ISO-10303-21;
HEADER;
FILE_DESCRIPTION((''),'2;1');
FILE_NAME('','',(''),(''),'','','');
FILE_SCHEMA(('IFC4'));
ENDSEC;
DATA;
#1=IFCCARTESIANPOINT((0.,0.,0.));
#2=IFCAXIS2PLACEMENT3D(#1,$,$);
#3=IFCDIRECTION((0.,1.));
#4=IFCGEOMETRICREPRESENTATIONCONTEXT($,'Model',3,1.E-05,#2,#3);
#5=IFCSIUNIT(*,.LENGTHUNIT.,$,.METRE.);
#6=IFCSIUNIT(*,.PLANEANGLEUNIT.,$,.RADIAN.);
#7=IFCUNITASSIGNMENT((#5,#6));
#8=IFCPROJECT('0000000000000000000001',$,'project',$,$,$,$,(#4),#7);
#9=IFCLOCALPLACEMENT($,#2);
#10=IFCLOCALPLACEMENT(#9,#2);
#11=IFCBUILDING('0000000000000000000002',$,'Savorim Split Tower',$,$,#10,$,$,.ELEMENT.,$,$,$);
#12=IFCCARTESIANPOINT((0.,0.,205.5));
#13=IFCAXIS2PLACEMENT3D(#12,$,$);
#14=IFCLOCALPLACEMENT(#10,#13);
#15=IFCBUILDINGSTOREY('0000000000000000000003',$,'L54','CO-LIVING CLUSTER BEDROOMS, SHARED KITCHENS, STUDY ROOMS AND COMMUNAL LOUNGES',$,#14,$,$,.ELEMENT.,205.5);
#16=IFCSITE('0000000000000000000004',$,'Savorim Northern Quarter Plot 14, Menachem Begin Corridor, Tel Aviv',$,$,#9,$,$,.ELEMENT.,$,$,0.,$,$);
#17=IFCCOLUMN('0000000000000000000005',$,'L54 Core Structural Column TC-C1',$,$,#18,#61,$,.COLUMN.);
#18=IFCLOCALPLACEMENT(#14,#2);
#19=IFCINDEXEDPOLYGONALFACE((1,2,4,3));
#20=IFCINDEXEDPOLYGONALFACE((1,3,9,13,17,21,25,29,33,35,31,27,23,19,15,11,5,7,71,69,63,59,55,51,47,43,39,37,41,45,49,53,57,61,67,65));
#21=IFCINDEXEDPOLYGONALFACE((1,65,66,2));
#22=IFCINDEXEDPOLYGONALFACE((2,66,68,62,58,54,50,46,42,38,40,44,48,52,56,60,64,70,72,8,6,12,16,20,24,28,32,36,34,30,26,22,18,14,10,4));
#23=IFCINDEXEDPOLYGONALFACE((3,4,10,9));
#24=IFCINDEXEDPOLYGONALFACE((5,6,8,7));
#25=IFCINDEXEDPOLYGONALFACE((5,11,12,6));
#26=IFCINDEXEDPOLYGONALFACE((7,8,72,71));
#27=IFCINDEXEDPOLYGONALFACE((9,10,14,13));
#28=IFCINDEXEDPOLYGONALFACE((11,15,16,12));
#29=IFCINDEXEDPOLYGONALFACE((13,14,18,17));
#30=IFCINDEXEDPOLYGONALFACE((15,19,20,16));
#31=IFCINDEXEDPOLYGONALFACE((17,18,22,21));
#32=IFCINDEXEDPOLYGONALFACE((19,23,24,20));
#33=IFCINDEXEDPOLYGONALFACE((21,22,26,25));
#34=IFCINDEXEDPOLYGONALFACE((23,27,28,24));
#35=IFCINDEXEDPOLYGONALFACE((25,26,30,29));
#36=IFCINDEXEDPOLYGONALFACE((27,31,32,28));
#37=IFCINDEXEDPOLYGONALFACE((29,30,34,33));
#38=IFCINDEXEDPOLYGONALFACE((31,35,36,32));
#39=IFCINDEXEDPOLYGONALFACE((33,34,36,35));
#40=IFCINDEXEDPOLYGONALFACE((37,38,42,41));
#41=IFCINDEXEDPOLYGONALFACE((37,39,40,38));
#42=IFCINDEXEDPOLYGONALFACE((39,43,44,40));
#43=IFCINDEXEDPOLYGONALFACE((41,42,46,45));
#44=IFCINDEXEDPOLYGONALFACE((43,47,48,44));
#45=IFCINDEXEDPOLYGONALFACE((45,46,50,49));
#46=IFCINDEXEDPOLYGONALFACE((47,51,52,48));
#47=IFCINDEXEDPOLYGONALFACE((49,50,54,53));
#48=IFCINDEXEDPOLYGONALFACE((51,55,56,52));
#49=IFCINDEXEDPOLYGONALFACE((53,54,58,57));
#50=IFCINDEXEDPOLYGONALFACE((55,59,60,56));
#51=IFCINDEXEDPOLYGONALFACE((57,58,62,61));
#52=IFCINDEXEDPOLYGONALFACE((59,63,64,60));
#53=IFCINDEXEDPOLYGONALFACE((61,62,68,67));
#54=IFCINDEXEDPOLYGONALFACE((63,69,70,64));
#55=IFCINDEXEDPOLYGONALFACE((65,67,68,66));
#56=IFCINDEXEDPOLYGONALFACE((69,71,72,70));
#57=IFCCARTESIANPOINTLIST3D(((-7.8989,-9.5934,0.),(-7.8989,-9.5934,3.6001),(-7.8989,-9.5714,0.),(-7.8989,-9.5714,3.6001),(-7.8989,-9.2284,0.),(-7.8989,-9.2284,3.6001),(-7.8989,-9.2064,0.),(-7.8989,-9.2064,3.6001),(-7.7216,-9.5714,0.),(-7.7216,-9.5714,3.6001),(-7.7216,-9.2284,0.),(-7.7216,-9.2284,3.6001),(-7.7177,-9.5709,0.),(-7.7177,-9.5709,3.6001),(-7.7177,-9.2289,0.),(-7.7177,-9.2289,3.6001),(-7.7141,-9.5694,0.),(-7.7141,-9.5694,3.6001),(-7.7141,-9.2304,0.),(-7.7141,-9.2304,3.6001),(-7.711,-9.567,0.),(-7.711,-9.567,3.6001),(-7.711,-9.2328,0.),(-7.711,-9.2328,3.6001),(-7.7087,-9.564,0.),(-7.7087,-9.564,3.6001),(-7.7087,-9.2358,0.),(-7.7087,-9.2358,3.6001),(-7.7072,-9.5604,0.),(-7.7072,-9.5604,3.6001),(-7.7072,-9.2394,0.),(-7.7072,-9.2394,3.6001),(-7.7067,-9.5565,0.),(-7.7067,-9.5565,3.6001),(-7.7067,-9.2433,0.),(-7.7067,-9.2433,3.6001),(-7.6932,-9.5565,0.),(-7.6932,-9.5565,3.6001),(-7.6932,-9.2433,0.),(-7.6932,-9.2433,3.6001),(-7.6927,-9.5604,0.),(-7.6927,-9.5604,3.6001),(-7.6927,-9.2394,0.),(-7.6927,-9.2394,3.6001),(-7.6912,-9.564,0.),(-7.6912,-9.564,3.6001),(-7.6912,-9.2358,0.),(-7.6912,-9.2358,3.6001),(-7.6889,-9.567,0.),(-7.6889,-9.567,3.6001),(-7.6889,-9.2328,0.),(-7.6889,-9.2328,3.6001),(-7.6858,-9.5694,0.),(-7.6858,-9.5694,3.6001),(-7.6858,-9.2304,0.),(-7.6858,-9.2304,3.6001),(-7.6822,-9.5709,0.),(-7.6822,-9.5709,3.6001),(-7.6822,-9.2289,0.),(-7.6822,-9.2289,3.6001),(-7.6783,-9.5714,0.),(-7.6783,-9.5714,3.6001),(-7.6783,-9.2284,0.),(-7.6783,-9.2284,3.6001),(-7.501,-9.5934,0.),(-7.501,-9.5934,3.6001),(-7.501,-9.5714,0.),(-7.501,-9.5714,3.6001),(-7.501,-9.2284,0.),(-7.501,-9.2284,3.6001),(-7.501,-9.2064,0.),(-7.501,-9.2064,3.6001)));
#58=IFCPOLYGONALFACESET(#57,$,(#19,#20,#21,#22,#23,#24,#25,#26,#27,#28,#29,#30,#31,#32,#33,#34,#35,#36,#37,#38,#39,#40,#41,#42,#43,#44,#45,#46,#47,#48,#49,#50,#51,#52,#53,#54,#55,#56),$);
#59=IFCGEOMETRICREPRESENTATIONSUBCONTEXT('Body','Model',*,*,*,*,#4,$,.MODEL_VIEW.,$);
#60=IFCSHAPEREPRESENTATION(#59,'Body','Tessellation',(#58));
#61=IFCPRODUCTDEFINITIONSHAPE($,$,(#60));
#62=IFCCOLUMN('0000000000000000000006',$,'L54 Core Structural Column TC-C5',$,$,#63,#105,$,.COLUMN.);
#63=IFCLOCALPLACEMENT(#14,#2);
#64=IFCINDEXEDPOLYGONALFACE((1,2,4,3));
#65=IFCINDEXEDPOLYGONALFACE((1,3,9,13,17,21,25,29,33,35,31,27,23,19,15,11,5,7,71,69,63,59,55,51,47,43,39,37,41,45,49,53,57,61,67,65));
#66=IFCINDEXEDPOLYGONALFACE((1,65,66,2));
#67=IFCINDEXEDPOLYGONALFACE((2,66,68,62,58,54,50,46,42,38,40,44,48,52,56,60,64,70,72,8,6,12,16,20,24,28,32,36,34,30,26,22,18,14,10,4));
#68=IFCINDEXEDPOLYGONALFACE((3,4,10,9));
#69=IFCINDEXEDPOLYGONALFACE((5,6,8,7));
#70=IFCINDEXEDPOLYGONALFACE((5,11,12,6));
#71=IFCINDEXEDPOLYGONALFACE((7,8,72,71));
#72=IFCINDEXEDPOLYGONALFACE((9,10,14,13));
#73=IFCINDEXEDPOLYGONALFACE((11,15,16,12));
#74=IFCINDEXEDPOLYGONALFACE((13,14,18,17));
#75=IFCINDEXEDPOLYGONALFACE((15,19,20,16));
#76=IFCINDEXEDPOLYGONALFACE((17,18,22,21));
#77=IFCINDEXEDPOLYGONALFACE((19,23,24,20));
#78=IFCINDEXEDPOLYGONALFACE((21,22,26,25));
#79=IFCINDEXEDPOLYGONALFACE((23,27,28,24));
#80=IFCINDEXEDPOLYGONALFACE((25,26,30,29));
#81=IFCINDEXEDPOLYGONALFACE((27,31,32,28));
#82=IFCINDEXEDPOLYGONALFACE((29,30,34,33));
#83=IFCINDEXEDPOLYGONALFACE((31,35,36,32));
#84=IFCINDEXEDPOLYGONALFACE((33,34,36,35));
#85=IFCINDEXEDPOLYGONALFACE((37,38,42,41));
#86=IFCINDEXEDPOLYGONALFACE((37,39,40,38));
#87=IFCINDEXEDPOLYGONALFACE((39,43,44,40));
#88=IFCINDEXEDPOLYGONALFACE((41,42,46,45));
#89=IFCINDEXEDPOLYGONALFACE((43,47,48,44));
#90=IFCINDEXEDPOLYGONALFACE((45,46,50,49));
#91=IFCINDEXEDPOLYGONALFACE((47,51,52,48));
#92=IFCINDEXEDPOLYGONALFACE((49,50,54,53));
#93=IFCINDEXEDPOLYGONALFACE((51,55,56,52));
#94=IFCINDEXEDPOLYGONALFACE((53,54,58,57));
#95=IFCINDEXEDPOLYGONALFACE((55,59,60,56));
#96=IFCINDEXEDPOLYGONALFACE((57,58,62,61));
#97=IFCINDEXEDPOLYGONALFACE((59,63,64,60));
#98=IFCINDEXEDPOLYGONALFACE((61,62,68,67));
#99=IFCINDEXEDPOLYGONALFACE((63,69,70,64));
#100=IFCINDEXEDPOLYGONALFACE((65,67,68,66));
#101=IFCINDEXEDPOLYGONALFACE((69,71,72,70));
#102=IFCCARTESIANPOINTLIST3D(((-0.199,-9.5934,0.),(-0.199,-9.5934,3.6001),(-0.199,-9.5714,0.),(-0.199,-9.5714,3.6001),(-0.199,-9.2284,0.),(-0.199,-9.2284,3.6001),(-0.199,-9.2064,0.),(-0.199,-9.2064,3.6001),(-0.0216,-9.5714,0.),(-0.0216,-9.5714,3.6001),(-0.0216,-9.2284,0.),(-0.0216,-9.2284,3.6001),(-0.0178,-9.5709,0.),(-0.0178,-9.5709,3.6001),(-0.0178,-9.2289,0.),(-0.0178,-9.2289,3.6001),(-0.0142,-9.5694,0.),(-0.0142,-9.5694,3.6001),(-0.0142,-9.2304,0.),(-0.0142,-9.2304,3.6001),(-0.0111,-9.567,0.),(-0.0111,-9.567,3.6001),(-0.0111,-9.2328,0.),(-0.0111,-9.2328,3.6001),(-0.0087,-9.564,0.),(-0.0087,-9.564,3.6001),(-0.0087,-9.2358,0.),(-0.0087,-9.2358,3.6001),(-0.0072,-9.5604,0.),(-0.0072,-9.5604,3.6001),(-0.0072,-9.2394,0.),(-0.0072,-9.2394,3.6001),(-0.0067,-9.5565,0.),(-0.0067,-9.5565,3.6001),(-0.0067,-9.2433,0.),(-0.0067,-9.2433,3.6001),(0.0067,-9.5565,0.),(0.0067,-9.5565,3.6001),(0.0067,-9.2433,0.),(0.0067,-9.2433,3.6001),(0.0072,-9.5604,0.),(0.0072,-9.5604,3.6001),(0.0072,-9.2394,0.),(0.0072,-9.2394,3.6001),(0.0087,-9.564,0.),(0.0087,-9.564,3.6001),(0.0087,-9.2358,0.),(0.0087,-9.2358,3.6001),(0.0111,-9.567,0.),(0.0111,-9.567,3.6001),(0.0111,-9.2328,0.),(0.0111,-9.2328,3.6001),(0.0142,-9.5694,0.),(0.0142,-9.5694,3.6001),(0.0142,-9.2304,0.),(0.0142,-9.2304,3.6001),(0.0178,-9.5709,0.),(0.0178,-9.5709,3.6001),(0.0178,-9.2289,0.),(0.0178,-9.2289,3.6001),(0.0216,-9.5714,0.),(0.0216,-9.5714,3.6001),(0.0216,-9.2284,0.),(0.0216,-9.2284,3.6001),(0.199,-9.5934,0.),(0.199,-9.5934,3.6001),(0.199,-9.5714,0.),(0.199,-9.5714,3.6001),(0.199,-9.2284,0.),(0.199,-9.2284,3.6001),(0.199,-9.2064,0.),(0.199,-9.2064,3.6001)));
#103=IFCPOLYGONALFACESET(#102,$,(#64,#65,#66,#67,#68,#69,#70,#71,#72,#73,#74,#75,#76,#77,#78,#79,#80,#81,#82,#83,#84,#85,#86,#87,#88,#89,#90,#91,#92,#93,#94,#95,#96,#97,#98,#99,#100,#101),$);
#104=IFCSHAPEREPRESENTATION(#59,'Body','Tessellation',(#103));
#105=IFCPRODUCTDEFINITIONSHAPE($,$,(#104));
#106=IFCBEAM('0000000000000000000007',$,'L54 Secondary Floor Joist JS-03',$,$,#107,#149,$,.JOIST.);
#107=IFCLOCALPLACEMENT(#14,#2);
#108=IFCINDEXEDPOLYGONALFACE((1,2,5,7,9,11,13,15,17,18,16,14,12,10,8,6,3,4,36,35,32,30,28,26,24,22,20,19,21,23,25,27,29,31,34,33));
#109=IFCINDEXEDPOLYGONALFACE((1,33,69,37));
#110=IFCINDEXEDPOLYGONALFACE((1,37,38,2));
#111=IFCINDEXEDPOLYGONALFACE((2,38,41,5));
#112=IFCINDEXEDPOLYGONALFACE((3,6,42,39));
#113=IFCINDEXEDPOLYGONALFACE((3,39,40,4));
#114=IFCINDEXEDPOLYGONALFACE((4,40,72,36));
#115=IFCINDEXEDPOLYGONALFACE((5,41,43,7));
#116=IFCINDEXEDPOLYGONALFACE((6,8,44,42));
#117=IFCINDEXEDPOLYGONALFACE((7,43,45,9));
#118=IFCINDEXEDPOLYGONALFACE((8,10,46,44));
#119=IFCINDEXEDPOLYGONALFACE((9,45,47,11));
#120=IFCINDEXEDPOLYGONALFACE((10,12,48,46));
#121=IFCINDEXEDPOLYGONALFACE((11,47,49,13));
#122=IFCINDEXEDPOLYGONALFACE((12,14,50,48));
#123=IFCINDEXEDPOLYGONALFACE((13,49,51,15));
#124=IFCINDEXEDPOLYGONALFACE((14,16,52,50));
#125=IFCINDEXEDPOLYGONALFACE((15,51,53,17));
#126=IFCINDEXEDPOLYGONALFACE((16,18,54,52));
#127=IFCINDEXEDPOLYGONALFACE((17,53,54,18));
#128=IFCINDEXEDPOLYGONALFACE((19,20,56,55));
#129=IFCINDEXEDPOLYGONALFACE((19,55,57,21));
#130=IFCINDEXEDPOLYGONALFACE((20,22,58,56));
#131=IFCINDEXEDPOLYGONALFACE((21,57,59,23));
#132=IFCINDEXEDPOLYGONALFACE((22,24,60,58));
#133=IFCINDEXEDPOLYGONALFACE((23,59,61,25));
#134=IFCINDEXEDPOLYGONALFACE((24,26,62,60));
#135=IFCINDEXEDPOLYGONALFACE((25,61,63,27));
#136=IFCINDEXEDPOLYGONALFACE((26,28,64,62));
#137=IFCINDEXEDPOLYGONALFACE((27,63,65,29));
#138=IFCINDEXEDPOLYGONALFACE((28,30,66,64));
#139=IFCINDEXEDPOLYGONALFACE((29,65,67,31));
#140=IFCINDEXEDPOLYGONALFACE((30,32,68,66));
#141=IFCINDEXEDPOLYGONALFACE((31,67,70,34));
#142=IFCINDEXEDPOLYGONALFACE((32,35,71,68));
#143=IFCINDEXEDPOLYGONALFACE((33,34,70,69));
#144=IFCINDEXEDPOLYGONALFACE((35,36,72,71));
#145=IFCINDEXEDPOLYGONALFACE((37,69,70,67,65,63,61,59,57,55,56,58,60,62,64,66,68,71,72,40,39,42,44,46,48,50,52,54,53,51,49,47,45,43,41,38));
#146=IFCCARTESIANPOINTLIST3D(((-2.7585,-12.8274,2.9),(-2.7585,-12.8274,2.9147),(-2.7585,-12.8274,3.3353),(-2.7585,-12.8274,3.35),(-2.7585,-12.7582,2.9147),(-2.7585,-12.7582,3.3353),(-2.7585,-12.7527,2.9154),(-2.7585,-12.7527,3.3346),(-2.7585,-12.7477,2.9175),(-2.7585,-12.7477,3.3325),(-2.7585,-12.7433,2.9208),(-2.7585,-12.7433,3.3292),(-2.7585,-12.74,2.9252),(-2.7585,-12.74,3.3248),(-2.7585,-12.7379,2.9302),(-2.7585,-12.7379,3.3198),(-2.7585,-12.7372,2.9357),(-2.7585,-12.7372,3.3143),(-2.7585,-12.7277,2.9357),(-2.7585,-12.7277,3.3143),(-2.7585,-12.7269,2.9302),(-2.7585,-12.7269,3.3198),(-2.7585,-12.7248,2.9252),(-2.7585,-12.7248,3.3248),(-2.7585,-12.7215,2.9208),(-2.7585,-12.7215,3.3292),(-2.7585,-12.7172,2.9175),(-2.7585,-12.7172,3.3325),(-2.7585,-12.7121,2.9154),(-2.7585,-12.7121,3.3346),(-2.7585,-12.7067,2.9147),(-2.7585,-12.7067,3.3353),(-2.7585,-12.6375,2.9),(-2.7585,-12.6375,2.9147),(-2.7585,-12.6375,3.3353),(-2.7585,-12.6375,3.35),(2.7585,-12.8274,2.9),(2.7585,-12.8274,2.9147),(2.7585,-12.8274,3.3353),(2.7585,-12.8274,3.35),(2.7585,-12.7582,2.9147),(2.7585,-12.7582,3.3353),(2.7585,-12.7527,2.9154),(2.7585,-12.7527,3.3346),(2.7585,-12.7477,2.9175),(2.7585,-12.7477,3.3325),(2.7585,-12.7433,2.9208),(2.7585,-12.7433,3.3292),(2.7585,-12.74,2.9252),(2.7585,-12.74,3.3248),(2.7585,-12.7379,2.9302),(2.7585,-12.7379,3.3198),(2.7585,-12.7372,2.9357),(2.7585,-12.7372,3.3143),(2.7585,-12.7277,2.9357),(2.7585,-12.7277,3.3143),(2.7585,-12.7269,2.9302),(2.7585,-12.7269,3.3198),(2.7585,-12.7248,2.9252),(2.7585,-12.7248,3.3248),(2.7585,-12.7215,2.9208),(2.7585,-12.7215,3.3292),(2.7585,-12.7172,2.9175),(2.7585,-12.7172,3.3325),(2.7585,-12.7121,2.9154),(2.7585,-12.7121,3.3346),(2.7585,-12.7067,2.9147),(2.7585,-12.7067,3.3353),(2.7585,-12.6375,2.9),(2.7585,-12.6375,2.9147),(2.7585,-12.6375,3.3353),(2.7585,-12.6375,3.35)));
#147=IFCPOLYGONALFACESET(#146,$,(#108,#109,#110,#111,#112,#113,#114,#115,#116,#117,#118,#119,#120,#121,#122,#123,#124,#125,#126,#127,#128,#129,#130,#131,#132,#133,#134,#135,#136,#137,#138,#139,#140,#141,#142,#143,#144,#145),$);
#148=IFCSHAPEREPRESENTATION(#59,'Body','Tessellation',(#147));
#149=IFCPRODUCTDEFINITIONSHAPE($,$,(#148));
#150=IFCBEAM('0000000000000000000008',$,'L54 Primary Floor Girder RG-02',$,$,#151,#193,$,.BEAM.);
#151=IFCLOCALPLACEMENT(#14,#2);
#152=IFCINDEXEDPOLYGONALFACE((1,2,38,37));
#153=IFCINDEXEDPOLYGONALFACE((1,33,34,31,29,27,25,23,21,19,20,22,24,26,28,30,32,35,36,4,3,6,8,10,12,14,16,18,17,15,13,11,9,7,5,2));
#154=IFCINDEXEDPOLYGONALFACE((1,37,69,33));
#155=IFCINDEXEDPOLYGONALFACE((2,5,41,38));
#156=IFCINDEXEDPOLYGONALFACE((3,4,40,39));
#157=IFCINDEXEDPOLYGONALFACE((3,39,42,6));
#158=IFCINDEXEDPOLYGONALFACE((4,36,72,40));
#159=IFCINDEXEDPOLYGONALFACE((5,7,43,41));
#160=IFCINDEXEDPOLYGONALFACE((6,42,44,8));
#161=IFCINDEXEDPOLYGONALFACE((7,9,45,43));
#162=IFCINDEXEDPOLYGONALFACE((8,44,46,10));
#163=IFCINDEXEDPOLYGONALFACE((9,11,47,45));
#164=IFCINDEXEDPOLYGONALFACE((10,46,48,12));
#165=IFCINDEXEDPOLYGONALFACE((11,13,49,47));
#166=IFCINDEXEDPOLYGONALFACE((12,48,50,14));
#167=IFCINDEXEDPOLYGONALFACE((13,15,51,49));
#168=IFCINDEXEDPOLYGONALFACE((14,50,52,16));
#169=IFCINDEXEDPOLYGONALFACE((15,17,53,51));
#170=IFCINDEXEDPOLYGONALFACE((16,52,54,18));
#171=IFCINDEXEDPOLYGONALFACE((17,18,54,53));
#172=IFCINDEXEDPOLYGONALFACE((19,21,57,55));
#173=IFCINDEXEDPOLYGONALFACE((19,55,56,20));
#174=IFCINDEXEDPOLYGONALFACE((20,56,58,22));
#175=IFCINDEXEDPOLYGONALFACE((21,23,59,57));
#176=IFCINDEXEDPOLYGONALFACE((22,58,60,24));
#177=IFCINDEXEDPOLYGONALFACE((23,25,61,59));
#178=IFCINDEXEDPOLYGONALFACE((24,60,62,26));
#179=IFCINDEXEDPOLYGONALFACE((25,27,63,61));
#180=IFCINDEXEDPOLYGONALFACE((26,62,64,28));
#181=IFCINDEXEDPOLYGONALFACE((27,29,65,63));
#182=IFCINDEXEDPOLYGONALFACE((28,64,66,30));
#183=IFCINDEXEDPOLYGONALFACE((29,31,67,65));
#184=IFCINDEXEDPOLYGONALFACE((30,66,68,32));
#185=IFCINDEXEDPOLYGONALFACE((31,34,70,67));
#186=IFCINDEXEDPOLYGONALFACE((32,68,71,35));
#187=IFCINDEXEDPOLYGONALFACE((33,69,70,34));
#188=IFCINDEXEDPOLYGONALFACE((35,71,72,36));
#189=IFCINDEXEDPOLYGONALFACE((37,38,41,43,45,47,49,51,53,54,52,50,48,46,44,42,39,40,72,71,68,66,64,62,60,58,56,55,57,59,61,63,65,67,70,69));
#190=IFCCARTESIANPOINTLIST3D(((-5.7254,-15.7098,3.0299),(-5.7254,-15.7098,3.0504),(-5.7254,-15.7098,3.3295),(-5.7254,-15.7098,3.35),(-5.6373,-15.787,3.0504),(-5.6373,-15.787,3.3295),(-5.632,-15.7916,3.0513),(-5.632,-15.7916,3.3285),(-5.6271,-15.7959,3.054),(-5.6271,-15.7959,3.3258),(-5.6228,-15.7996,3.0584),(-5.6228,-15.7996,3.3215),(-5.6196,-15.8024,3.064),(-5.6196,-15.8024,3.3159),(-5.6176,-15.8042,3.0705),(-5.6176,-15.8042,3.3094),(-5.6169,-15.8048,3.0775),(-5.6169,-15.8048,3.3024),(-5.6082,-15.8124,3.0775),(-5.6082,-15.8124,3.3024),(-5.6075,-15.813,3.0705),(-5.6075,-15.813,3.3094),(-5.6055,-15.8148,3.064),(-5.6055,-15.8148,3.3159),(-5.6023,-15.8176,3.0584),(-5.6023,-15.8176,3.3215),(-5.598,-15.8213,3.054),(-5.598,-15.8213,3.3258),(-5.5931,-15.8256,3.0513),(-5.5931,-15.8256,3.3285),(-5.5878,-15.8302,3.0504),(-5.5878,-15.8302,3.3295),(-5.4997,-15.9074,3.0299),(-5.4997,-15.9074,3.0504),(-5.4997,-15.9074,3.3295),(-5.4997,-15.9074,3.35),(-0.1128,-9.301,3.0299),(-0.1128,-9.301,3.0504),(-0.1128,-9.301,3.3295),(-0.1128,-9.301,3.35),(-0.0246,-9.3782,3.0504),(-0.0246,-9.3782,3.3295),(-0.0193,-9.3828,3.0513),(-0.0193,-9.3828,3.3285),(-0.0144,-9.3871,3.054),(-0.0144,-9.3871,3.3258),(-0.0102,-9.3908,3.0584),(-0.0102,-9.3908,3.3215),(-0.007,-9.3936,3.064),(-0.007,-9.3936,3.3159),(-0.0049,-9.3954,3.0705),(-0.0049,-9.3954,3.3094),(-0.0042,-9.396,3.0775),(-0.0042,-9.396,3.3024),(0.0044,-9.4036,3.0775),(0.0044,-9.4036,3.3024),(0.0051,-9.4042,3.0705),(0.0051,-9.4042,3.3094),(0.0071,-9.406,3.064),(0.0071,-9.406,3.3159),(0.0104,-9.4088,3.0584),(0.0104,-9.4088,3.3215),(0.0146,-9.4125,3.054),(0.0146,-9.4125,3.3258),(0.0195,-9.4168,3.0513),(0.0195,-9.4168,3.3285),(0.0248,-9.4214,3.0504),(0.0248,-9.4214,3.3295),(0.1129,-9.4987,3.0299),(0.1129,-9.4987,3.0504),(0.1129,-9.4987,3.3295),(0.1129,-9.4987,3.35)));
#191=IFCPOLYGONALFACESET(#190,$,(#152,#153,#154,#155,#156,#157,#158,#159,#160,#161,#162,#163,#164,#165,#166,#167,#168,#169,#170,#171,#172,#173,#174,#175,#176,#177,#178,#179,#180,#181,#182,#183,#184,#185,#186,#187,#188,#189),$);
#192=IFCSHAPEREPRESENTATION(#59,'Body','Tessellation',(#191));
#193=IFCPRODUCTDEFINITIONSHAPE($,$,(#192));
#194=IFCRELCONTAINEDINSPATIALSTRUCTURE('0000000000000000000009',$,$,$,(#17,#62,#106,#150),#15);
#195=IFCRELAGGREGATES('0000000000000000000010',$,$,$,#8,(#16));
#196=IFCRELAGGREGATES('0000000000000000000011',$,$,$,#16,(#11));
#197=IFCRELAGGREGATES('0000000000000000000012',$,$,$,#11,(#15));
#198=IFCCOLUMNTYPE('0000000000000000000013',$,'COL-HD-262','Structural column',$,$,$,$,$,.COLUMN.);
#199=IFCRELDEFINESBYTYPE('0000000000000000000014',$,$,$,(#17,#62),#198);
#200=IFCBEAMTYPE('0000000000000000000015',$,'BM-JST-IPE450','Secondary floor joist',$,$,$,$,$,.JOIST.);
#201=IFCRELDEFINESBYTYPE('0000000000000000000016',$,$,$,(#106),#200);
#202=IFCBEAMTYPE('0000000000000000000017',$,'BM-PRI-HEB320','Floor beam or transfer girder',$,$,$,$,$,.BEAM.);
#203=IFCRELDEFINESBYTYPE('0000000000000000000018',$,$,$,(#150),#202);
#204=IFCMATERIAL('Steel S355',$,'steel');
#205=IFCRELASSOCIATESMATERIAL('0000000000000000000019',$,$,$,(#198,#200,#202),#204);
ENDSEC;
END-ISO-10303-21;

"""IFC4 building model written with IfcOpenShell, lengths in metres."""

from ifc_helpers import new_model, si_unit, direction, frame, origin, origin_2d, place, context, subcontext, project, spatial, i_section, extrude, material, material_profile, profile_set, type_object, element, save


model = new_model("IFC4")

# Units and contexts
model_context = context("Model", 3, precision=1e-05, world=origin(), true_north=direction((0.0, 1.0)))
body_context = subcontext(model_context, "Body", "Model", "MODEL_VIEW")
ifc_project = project(units=[si_unit("LENGTHUNIT", "METRE"), si_unit("PLANEANGLEUNIT", "RADIAN")], contexts=[model_context])

# Site, building, storey
site_placement = place(None, origin())
site = spatial("IfcSite", under=ifc_project, at=site_placement, Name="Savorim Northern Quarter Plot 14, Menachem Begin Corridor, Tel Aviv", CompositionType="ELEMENT", RefElevation=0.0)
building_placement = place(site_placement, origin())
building = spatial("IfcBuilding", under=site, at=building_placement, Name="Savorim Split Tower", CompositionType="ELEMENT")
storey_placement = place(building_placement, frame((0.0, 0.0, 205.5)))
storey = spatial("IfcBuildingStorey", under=building, at=storey_placement, Name="L54", Description="CO-LIVING CLUSTER BEDROOMS, SHARED KITCHENS, STUDY ROOMS AND COMMUNAL LOUNGES", CompositionType="ELEMENT", Elevation=205.5)

# Columns
ifc_material_1 = material(Name="Steel S355", Category="steel")
ifc_material_profile_1 = material_profile(ifc_material_1, i_section(OverallWidth=0.3979, OverallDepth=0.387, WebThickness=0.0134, FlangeThickness=0.022, FilletRadius=0.0149, at=origin_2d()), Name="HD 400x262")
ifc_profile_set_1 = profile_set([ifc_material_profile_1], Name="Steel S355")
column_type = type_object("IfcColumnType", Name="COL-HD-262", Description="Structural column", PredefinedType="COLUMN", material=ifc_profile_set_1)
for number, where, z_axis, x_axis, name in (
    (1, (-7.7, -9.3999, 0.0), (0.0, 0.0, 1.0), (1.0, 0.0, 0.0), "L54 Core Structural Column TC-C1"),
    (2, (0.0, -9.3999, 0.0), (0.0, 0.0, 1.0), (1.0, 0.0, 0.0), "L54 Core Structural Column TC-C5"),
):
    element("IfcColumn", number, at=place(storey_placement, frame(where, z_axis=z_axis, x_axis=x_axis)), inside=storey, type_object=column_type, Name=name, PredefinedType="COLUMN", context=body_context, shape_type="SweptSolid", body=[
        extrude(i_section(OverallWidth=0.3979, OverallDepth=0.387, WebThickness=0.0134, FlangeThickness=0.022, FilletRadius=0.0149, at=origin_2d()), origin(), (0.0, 0.0, 1.0), 3.6001),
    ])

# Beams
ifc_material_profile_2 = material_profile(ifc_material_1, i_section(OverallWidth=0.1899, OverallDepth=0.45, WebThickness=0.0095, FlangeThickness=0.0146, FilletRadius=0.021, at=origin_2d()), Name="IPE 450")
ifc_profile_set_2 = profile_set([ifc_material_profile_2], Name="Steel S355")
beam_type_1 = type_object("IfcBeamType", Name="BM-JST-IPE450", Description="Secondary floor joist", PredefinedType="JOIST", material=ifc_profile_set_2)
beam_1_placement = place(storey_placement, frame((-2.7585, -12.7324, 3.125), z_axis=(1.0, 0.0, 0.0), x_axis=(0.0, 1.0, 0.0)))
element("IfcBeam", 3, at=beam_1_placement, inside=storey, type_object=beam_type_1, Name="L54 Secondary Floor Joist JS-03", PredefinedType="JOIST", context=body_context, shape_type="SweptSolid", body=[
    extrude(i_section(OverallWidth=0.1899, OverallDepth=0.45, WebThickness=0.0095, FlangeThickness=0.0146, FilletRadius=0.021, at=origin_2d()), origin(), (0.0, 0.0, 1.0), 5.5171),
])
ifc_material_profile_3 = material_profile(ifc_material_1, i_section(OverallWidth=0.3, OverallDepth=0.3201, WebThickness=0.0115, FlangeThickness=0.0205, FilletRadius=0.0271, at=origin_2d()), Name="HEB 320")
ifc_profile_set_3 = profile_set([ifc_material_profile_3], Name="Steel S355")
beam_type_2 = type_object("IfcBeamType", Name="BM-PRI-HEB320", Description="Floor beam or transfer girder", PredefinedType="BEAM", material=ifc_profile_set_3)
beam_2_placement = place(storey_placement, frame((-5.6125, -15.8086, 3.1899), z_axis=(0.658833, 0.752289, 0.0), x_axis=(-0.752289, 0.658833, 0.0)))
element("IfcBeam", 4, at=beam_2_placement, inside=storey, type_object=beam_type_2, Name="L54 Primary Floor Girder RG-02", PredefinedType="BEAM", context=body_context, shape_type="SweptSolid", body=[
    extrude(i_section(OverallWidth=0.3, OverallDepth=0.3201, WebThickness=0.0115, FlangeThickness=0.0205, FilletRadius=0.0271, at=origin_2d()), origin(), (0.0, 0.0, 1.0), 8.519),
])

save(model, "model.ifc")
